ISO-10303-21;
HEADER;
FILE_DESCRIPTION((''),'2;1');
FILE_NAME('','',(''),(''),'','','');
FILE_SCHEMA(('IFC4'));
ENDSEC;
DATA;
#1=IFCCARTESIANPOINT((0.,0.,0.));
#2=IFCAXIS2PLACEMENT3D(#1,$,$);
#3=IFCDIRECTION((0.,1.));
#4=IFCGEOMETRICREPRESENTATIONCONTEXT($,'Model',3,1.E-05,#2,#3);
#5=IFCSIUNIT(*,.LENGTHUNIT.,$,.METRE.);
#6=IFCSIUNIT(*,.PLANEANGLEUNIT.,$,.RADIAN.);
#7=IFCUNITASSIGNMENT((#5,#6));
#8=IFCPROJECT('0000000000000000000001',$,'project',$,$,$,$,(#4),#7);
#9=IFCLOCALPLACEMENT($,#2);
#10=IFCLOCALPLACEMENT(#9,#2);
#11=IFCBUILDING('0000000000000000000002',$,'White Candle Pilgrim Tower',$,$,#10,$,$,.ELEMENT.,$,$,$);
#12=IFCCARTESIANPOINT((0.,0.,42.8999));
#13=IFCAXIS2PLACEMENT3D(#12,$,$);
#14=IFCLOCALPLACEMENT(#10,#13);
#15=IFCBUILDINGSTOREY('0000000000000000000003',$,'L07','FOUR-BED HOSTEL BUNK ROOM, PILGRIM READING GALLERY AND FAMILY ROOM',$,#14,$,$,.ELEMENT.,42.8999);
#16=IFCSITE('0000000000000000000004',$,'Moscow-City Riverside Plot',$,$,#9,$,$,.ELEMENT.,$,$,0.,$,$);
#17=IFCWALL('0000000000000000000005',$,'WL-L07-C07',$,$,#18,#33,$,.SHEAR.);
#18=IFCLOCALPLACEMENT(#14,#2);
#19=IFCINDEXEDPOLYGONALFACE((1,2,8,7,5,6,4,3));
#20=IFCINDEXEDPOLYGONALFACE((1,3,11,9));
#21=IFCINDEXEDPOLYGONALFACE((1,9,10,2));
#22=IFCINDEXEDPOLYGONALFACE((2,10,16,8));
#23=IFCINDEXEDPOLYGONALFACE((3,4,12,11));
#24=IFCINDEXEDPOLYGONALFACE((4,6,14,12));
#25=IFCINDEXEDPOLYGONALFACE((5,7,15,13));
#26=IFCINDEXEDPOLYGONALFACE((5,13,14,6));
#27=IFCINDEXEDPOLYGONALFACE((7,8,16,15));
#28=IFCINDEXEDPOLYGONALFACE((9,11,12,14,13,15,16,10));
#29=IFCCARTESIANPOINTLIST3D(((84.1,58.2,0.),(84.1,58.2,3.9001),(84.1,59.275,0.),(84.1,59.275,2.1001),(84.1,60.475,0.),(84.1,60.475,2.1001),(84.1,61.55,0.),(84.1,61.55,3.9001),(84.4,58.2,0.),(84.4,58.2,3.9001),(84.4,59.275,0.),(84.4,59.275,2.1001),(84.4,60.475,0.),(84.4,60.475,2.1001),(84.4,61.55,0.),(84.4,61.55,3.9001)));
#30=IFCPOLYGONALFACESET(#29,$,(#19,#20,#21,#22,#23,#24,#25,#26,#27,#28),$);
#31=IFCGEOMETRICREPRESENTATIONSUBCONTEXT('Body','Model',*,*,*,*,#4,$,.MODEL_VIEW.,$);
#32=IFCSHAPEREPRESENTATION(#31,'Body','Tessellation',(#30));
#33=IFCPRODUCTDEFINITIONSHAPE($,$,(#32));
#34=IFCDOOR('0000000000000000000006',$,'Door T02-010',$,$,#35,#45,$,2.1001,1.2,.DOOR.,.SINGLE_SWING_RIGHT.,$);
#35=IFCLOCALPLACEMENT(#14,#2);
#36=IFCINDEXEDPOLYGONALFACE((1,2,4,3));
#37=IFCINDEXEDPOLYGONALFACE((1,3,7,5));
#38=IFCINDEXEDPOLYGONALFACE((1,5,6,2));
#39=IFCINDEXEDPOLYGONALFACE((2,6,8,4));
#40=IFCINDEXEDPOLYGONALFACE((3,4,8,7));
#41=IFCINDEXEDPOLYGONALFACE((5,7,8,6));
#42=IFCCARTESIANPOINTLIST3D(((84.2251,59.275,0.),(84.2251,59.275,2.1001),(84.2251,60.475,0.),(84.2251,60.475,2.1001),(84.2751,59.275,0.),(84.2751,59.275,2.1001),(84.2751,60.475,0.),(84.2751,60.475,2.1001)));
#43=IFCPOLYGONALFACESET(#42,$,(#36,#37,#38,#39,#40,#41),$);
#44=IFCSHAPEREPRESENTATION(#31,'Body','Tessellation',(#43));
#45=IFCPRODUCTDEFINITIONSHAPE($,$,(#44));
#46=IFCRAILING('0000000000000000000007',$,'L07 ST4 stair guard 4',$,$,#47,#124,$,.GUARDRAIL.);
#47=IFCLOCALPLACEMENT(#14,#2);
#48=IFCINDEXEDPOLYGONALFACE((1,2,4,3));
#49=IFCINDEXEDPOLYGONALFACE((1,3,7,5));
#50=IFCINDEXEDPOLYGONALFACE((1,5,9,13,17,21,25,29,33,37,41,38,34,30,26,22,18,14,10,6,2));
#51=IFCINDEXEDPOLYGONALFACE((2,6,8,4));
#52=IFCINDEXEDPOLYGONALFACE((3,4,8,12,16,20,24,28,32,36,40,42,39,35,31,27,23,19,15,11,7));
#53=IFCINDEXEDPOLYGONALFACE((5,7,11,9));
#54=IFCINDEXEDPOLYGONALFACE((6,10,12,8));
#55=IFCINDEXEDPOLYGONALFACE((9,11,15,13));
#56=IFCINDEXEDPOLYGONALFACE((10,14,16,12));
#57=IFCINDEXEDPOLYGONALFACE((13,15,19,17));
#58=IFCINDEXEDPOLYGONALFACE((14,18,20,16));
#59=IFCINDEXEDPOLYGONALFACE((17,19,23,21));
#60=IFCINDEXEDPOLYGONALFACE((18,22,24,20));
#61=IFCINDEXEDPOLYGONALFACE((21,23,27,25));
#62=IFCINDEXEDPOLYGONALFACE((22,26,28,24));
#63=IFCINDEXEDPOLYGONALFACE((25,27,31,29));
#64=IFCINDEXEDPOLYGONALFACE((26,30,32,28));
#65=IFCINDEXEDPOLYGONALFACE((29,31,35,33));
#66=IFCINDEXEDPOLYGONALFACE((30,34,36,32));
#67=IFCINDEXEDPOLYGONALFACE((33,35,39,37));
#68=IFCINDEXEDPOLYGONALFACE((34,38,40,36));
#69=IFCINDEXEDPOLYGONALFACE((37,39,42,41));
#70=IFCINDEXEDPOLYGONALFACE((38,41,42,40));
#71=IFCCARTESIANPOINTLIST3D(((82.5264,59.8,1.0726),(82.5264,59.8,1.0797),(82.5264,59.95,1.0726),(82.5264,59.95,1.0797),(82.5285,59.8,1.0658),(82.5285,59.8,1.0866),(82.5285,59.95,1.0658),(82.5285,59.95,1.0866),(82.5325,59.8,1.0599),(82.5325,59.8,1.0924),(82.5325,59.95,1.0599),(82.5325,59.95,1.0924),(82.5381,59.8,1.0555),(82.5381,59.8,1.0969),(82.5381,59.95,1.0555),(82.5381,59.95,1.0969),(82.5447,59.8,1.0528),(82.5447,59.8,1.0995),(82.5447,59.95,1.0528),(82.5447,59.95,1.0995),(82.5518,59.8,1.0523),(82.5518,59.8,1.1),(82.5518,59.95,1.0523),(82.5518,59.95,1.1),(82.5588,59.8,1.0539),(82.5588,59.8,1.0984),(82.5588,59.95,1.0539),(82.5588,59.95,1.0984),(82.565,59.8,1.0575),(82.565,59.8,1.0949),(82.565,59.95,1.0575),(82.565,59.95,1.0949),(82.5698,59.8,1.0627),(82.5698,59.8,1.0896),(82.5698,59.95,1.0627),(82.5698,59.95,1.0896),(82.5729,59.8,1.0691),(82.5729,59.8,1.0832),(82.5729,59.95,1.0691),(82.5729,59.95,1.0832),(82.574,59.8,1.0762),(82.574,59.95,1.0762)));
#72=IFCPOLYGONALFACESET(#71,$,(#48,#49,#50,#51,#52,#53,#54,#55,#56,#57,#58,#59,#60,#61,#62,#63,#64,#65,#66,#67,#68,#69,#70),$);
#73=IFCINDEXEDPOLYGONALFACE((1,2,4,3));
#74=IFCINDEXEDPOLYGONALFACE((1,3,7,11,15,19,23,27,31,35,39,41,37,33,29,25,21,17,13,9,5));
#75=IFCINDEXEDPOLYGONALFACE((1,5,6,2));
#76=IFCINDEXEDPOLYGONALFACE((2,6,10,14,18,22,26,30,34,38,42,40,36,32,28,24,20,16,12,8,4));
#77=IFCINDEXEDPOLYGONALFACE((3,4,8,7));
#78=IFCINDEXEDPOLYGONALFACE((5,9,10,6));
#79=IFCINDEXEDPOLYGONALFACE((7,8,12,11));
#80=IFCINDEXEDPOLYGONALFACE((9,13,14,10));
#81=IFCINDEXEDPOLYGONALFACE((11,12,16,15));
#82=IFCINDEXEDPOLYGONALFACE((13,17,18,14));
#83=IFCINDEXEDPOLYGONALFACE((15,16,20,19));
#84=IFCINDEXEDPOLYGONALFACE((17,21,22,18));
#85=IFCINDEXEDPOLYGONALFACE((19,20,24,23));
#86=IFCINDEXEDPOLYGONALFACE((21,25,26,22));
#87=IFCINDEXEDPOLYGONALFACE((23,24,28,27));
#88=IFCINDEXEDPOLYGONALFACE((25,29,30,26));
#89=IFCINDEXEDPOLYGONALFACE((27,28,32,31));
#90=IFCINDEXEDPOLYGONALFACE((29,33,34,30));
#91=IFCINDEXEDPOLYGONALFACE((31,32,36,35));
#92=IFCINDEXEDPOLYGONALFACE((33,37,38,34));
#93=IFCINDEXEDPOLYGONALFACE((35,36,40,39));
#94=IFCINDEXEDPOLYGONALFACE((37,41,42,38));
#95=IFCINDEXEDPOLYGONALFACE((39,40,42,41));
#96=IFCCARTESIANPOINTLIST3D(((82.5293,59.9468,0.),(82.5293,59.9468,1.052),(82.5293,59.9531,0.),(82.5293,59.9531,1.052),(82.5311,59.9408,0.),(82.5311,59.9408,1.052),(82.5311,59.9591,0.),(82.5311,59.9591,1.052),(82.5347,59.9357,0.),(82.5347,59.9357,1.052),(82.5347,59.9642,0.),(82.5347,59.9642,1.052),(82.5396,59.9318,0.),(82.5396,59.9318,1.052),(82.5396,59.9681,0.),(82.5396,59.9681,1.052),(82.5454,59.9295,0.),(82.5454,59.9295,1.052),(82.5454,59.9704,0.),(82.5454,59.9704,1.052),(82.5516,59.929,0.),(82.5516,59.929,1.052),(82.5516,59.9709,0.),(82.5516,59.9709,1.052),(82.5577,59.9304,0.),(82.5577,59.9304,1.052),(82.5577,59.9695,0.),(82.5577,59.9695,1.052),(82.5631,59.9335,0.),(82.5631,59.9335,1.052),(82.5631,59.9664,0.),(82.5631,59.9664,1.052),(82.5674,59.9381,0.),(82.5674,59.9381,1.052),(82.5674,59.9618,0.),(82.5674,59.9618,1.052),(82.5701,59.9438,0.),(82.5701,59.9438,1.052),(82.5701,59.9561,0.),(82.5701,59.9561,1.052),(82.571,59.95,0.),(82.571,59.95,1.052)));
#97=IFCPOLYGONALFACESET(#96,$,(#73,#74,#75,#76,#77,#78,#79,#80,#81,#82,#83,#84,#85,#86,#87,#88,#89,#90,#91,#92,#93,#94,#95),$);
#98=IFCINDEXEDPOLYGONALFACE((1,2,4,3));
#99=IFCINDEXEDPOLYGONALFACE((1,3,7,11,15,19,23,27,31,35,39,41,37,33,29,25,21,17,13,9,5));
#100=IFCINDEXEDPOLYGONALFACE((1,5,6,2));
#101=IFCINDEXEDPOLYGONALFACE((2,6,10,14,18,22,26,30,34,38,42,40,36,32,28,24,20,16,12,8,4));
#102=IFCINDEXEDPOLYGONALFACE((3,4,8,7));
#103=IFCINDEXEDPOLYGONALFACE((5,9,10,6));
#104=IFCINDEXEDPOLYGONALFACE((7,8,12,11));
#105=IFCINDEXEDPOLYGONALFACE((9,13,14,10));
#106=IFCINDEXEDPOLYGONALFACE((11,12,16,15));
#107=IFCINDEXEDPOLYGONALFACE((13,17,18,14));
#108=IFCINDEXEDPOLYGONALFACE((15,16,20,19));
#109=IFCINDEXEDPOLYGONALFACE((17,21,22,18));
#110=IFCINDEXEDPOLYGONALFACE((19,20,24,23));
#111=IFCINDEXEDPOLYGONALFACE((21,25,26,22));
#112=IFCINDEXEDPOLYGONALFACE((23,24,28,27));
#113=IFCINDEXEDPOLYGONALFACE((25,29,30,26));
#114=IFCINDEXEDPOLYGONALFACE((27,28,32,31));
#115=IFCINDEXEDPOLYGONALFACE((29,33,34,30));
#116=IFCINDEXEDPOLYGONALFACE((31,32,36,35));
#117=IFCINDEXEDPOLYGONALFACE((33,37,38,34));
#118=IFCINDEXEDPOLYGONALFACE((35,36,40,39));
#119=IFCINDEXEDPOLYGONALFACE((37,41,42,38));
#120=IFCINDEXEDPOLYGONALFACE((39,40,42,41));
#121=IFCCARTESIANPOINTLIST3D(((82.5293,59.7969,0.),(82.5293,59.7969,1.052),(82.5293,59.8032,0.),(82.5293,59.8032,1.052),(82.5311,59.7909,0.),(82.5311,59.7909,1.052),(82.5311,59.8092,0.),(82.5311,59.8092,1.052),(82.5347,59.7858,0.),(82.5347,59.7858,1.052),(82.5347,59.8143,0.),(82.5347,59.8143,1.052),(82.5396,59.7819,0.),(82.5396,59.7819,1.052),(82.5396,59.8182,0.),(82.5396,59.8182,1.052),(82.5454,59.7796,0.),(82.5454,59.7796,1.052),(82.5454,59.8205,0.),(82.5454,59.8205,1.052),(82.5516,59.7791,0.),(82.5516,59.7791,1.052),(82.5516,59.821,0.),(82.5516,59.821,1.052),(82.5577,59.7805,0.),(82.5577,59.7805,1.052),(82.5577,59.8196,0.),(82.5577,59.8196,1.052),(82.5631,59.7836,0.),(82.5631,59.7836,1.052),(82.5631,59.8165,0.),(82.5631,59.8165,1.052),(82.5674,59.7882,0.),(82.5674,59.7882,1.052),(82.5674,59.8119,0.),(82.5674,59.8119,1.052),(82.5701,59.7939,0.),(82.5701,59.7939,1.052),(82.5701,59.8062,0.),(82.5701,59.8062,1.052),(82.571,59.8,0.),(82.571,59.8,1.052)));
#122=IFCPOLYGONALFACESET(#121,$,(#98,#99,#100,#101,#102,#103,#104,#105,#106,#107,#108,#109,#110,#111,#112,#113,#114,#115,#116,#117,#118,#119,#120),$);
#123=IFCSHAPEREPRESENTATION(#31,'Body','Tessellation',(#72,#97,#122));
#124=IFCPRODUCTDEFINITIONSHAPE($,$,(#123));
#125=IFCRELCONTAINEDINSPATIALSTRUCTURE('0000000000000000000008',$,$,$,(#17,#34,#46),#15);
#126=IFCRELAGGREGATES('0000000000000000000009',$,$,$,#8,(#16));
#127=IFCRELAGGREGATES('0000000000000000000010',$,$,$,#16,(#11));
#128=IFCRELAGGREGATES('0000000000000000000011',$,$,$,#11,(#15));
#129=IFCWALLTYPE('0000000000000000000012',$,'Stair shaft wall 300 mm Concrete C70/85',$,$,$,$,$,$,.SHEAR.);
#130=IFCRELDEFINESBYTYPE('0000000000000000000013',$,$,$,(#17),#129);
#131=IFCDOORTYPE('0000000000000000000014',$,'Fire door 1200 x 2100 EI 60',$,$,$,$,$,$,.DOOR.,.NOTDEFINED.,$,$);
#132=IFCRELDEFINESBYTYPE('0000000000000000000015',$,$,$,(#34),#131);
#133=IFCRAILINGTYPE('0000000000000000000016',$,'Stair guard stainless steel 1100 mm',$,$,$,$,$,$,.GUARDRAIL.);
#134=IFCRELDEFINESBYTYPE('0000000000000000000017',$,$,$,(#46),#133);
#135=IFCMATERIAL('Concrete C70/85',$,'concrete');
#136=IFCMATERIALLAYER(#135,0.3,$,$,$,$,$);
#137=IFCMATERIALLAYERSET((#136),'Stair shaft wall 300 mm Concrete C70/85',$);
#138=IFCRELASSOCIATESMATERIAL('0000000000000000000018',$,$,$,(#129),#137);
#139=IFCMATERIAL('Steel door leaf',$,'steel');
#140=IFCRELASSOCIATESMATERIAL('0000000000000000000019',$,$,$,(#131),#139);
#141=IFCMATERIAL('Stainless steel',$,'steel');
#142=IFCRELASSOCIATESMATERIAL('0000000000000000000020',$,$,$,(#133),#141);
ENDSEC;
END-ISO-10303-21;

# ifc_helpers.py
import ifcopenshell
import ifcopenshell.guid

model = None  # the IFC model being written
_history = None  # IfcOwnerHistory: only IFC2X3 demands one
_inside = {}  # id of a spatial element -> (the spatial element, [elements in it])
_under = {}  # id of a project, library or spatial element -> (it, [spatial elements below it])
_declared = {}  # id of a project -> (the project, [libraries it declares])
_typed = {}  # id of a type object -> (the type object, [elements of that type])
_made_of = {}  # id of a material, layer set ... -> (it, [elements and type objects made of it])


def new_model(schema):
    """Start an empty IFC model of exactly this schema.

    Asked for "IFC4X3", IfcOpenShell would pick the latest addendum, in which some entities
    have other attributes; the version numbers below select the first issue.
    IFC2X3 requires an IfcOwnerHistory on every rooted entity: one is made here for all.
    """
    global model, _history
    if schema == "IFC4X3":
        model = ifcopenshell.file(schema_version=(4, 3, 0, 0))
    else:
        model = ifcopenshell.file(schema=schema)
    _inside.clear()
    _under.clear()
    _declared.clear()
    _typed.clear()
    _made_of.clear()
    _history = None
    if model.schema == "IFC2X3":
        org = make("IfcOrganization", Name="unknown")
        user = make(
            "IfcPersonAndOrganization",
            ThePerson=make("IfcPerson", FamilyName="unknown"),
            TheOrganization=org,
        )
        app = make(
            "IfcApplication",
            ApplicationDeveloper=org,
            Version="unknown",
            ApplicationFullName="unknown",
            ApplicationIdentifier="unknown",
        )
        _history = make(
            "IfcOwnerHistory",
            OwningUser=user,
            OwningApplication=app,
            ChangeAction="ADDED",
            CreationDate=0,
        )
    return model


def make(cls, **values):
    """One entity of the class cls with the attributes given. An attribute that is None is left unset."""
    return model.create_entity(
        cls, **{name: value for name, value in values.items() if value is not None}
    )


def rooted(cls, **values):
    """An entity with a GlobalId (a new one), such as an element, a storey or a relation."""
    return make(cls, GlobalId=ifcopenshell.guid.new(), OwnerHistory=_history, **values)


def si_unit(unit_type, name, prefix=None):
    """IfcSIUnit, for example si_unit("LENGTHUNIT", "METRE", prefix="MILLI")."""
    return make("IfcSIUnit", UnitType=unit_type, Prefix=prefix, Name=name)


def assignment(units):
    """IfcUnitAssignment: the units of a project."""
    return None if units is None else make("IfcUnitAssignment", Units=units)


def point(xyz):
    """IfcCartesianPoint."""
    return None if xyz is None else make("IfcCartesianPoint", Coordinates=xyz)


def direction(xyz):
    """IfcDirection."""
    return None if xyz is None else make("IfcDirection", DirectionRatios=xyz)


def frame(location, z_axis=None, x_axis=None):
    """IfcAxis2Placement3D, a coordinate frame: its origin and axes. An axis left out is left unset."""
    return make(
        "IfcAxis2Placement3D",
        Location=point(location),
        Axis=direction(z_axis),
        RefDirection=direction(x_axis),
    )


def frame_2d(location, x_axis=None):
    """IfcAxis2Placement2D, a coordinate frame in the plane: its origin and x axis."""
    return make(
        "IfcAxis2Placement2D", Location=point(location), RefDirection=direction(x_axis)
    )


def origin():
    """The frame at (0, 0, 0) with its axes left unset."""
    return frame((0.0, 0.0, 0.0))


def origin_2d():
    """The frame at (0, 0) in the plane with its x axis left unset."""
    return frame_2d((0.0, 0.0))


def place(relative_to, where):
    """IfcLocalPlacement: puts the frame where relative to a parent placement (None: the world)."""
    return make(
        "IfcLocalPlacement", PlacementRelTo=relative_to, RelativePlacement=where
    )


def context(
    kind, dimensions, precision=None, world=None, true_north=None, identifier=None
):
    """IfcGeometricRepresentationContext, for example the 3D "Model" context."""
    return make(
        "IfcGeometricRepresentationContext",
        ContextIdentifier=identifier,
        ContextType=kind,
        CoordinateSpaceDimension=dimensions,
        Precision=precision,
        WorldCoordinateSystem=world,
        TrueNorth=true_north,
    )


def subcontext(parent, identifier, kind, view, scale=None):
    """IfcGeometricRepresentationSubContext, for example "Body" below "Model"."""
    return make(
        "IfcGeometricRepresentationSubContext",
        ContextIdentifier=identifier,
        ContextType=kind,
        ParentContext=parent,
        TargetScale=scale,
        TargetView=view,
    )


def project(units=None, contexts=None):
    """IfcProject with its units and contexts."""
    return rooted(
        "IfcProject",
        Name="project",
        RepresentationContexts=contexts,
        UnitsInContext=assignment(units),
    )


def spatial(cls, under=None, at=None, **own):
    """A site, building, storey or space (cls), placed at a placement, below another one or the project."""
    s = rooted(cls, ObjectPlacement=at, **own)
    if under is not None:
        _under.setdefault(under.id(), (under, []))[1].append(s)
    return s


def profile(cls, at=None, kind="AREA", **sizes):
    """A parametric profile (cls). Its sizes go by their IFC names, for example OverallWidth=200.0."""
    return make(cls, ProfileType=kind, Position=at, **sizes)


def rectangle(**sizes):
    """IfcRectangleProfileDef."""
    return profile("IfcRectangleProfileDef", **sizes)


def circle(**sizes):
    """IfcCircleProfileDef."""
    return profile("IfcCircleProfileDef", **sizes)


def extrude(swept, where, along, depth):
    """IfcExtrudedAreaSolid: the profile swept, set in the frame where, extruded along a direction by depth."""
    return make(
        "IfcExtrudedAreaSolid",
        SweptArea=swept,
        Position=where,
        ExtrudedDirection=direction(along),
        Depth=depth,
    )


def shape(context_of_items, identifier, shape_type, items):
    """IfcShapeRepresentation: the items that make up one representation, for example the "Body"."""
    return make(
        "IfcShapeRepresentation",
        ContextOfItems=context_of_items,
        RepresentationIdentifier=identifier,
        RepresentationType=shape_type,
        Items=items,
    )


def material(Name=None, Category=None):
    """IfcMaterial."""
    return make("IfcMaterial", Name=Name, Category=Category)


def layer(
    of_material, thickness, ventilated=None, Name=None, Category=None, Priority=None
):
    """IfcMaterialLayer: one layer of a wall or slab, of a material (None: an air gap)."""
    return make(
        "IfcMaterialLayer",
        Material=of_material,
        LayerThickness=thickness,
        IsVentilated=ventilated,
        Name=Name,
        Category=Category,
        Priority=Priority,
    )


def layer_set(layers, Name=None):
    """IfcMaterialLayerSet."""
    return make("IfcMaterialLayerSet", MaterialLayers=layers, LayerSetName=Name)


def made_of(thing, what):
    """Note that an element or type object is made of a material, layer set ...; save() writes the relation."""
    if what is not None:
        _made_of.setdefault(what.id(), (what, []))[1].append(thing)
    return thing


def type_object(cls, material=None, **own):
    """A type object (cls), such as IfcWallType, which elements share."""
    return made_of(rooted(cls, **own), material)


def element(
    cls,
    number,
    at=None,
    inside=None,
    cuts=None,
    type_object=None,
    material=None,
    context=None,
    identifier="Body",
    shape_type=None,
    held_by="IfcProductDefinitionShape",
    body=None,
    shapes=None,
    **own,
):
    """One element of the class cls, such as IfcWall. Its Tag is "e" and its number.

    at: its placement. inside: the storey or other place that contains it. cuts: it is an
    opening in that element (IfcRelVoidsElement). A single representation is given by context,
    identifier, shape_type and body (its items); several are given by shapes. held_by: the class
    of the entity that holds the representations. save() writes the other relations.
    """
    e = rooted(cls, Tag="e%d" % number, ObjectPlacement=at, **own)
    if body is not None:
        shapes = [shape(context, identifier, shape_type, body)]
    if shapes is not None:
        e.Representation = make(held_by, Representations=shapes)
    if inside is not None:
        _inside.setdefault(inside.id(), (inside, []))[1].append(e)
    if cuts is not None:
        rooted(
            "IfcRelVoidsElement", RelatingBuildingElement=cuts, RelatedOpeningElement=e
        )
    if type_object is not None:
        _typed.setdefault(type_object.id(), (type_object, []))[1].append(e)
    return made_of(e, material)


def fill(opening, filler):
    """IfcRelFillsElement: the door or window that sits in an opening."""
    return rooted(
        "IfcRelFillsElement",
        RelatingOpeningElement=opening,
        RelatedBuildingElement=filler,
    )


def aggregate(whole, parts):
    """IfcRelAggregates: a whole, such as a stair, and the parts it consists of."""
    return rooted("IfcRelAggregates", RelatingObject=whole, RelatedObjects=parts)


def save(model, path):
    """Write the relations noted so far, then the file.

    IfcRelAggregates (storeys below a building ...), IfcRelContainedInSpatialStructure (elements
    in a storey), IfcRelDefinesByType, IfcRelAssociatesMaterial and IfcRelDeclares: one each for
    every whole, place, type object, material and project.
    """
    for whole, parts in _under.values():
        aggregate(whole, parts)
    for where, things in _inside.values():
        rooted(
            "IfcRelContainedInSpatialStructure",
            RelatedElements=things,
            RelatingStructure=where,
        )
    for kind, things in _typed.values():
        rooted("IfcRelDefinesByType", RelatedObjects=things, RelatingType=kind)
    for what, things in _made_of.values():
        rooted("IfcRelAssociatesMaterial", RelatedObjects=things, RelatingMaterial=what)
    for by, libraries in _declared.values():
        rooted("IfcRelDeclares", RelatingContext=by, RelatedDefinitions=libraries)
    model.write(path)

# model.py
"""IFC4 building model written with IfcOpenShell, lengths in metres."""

from ifc_helpers import new_model, si_unit, direction, frame, frame_2d, origin, origin_2d, place, context, subcontext, project, spatial, rectangle, circle, extrude, material, layer, layer_set, type_object, element, fill, save


model = new_model("IFC4")

# Units and contexts
model_context = context("Model", 3, precision=1e-05, world=origin(), true_north=direction((0.0, 1.0)))
body_context = subcontext(model_context, "Body", "Model", "MODEL_VIEW")
ifc_project = project(units=[si_unit("LENGTHUNIT", "METRE"), si_unit("PLANEANGLEUNIT", "RADIAN")], contexts=[model_context])

# Site, building, storey
site_placement = place(None, origin())
site = spatial("IfcSite", under=ifc_project, at=site_placement, Name="Moscow-City Riverside Plot", CompositionType="ELEMENT", RefElevation=0.0)
building_placement = place(site_placement, origin())
building = spatial("IfcBuilding", under=site, at=building_placement, Name="White Candle Pilgrim Tower", CompositionType="ELEMENT")
storey_placement = place(building_placement, frame((0.0, 0.0, 42.8999)))
storey = spatial("IfcBuildingStorey", under=building, at=storey_placement, Name="L07", Description="FOUR-BED HOSTEL BUNK ROOM, PILGRIM READING GALLERY AND FAMILY ROOM", CompositionType="ELEMENT", Elevation=42.8999)

# Shared definitions
ifc_material_1 = material(Name="Concrete C70/85", Category="concrete")

# Shared definitions
ifc_material_2 = material(Name="Steel door leaf", Category="steel")

# Wall, opening, door
ifc_layer_1 = layer(ifc_material_1, 0.3)
ifc_layer_set_1 = layer_set([ifc_layer_1], Name="Stair shaft wall 300 mm Concrete C70/85")
wall_type_1 = type_object("IfcWallType", Name="Stair shaft wall 300 mm Concrete C70/85", PredefinedType="SHEAR", material=ifc_layer_set_1)
wall_1_placement = place(storey_placement, frame((84.25, 58.2, 0.0), z_axis=(0.0, 0.0, 1.0), x_axis=(0.0, 1.0, 0.0)))
wall_1 = element("IfcWall", 1, at=wall_1_placement, inside=storey, type_object=wall_type_1, Name="WL-L07-C07", PredefinedType="SHEAR", context=body_context, shape_type="SweptSolid", body=[
    extrude(rectangle(XDim=3.3501, YDim=0.3, at=frame_2d((1.675, 0.0))), origin(), (0.0, 0.0, 1.0), 3.9001),
])
opening_1_placement = place(wall_1_placement, frame((1.075, 0.0, 0.0)))
opening_1 = element("IfcOpeningElement", 2, at=opening_1_placement, cuts=wall_1, PredefinedType="OPENING", context=body_context, shape_type="SweptSolid", body=[
    extrude(rectangle(XDim=1.2, YDim=2.1001, at=frame_2d((0.6001, 1.05))), frame((0.0, 0.1599, 0.0), z_axis=(0.0, -1.0, 0.0), x_axis=(1.0, 0.0, 0.0)), (0.0, 0.0, 1.0), 0.3201),
])
door_type_1 = type_object("IfcDoorType", Name="Fire door 1200 x 2100 EI 60", OperationType="NOTDEFINED", PredefinedType="DOOR", material=ifc_material_2)
door_1_placement = place(opening_1_placement, origin())
door_1 = element("IfcDoor", 3, at=door_1_placement, inside=storey, type_object=door_type_1, Name="Door T02-010", OperationType="SINGLE_SWING_RIGHT", OverallHeight=2.1001, OverallWidth=1.2, PredefinedType="DOOR", context=body_context, shape_type="SweptSolid", body=[
    extrude(rectangle(XDim=1.2, YDim=2.1001, at=frame_2d((0.6001, 1.05))), frame((0.0, 0.0249, 0.0), z_axis=(0.0, -1.0, 0.0), x_axis=(1.0, 0.0, 0.0)), (0.0, 0.0, 1.0), 0.05),
])
fill(opening_1, door_1)

# Railing
ifc_material_3 = material(Name="Stainless steel", Category="steel")
railing_type_1 = type_object("IfcRailingType", Name="Stair guard stainless steel 1100 mm", PredefinedType="GUARDRAIL", material=ifc_material_3)
railing_1_placement = place(storey_placement, frame((82.55, 59.95, 0.0)))
element("IfcRailing", 4, at=railing_1_placement, inside=storey, type_object=railing_type_1, Name="L07 ST4 stair guard 4", PredefinedType="GUARDRAIL", context=body_context, shape_type="SweptSolid", body=[
    extrude(circle(Radius=0.0239, at=origin_2d()), frame((0.0, 0.0, 1.0762), z_axis=(0.0, -1.0, 0.0), x_axis=(1.0, 0.0, 0.0)), (0.0, 0.0, 1.0), 0.1499),
    extrude(circle(Radius=0.021, at=origin_2d()), origin(), (0.0, 0.0, 1.0), 1.052),
    extrude(circle(Radius=0.021, at=origin_2d()), frame((0.0, -0.1499, 0.0)), (0.0, 0.0, 1.0), 1.052),
])

save(model, "model.ifc")
